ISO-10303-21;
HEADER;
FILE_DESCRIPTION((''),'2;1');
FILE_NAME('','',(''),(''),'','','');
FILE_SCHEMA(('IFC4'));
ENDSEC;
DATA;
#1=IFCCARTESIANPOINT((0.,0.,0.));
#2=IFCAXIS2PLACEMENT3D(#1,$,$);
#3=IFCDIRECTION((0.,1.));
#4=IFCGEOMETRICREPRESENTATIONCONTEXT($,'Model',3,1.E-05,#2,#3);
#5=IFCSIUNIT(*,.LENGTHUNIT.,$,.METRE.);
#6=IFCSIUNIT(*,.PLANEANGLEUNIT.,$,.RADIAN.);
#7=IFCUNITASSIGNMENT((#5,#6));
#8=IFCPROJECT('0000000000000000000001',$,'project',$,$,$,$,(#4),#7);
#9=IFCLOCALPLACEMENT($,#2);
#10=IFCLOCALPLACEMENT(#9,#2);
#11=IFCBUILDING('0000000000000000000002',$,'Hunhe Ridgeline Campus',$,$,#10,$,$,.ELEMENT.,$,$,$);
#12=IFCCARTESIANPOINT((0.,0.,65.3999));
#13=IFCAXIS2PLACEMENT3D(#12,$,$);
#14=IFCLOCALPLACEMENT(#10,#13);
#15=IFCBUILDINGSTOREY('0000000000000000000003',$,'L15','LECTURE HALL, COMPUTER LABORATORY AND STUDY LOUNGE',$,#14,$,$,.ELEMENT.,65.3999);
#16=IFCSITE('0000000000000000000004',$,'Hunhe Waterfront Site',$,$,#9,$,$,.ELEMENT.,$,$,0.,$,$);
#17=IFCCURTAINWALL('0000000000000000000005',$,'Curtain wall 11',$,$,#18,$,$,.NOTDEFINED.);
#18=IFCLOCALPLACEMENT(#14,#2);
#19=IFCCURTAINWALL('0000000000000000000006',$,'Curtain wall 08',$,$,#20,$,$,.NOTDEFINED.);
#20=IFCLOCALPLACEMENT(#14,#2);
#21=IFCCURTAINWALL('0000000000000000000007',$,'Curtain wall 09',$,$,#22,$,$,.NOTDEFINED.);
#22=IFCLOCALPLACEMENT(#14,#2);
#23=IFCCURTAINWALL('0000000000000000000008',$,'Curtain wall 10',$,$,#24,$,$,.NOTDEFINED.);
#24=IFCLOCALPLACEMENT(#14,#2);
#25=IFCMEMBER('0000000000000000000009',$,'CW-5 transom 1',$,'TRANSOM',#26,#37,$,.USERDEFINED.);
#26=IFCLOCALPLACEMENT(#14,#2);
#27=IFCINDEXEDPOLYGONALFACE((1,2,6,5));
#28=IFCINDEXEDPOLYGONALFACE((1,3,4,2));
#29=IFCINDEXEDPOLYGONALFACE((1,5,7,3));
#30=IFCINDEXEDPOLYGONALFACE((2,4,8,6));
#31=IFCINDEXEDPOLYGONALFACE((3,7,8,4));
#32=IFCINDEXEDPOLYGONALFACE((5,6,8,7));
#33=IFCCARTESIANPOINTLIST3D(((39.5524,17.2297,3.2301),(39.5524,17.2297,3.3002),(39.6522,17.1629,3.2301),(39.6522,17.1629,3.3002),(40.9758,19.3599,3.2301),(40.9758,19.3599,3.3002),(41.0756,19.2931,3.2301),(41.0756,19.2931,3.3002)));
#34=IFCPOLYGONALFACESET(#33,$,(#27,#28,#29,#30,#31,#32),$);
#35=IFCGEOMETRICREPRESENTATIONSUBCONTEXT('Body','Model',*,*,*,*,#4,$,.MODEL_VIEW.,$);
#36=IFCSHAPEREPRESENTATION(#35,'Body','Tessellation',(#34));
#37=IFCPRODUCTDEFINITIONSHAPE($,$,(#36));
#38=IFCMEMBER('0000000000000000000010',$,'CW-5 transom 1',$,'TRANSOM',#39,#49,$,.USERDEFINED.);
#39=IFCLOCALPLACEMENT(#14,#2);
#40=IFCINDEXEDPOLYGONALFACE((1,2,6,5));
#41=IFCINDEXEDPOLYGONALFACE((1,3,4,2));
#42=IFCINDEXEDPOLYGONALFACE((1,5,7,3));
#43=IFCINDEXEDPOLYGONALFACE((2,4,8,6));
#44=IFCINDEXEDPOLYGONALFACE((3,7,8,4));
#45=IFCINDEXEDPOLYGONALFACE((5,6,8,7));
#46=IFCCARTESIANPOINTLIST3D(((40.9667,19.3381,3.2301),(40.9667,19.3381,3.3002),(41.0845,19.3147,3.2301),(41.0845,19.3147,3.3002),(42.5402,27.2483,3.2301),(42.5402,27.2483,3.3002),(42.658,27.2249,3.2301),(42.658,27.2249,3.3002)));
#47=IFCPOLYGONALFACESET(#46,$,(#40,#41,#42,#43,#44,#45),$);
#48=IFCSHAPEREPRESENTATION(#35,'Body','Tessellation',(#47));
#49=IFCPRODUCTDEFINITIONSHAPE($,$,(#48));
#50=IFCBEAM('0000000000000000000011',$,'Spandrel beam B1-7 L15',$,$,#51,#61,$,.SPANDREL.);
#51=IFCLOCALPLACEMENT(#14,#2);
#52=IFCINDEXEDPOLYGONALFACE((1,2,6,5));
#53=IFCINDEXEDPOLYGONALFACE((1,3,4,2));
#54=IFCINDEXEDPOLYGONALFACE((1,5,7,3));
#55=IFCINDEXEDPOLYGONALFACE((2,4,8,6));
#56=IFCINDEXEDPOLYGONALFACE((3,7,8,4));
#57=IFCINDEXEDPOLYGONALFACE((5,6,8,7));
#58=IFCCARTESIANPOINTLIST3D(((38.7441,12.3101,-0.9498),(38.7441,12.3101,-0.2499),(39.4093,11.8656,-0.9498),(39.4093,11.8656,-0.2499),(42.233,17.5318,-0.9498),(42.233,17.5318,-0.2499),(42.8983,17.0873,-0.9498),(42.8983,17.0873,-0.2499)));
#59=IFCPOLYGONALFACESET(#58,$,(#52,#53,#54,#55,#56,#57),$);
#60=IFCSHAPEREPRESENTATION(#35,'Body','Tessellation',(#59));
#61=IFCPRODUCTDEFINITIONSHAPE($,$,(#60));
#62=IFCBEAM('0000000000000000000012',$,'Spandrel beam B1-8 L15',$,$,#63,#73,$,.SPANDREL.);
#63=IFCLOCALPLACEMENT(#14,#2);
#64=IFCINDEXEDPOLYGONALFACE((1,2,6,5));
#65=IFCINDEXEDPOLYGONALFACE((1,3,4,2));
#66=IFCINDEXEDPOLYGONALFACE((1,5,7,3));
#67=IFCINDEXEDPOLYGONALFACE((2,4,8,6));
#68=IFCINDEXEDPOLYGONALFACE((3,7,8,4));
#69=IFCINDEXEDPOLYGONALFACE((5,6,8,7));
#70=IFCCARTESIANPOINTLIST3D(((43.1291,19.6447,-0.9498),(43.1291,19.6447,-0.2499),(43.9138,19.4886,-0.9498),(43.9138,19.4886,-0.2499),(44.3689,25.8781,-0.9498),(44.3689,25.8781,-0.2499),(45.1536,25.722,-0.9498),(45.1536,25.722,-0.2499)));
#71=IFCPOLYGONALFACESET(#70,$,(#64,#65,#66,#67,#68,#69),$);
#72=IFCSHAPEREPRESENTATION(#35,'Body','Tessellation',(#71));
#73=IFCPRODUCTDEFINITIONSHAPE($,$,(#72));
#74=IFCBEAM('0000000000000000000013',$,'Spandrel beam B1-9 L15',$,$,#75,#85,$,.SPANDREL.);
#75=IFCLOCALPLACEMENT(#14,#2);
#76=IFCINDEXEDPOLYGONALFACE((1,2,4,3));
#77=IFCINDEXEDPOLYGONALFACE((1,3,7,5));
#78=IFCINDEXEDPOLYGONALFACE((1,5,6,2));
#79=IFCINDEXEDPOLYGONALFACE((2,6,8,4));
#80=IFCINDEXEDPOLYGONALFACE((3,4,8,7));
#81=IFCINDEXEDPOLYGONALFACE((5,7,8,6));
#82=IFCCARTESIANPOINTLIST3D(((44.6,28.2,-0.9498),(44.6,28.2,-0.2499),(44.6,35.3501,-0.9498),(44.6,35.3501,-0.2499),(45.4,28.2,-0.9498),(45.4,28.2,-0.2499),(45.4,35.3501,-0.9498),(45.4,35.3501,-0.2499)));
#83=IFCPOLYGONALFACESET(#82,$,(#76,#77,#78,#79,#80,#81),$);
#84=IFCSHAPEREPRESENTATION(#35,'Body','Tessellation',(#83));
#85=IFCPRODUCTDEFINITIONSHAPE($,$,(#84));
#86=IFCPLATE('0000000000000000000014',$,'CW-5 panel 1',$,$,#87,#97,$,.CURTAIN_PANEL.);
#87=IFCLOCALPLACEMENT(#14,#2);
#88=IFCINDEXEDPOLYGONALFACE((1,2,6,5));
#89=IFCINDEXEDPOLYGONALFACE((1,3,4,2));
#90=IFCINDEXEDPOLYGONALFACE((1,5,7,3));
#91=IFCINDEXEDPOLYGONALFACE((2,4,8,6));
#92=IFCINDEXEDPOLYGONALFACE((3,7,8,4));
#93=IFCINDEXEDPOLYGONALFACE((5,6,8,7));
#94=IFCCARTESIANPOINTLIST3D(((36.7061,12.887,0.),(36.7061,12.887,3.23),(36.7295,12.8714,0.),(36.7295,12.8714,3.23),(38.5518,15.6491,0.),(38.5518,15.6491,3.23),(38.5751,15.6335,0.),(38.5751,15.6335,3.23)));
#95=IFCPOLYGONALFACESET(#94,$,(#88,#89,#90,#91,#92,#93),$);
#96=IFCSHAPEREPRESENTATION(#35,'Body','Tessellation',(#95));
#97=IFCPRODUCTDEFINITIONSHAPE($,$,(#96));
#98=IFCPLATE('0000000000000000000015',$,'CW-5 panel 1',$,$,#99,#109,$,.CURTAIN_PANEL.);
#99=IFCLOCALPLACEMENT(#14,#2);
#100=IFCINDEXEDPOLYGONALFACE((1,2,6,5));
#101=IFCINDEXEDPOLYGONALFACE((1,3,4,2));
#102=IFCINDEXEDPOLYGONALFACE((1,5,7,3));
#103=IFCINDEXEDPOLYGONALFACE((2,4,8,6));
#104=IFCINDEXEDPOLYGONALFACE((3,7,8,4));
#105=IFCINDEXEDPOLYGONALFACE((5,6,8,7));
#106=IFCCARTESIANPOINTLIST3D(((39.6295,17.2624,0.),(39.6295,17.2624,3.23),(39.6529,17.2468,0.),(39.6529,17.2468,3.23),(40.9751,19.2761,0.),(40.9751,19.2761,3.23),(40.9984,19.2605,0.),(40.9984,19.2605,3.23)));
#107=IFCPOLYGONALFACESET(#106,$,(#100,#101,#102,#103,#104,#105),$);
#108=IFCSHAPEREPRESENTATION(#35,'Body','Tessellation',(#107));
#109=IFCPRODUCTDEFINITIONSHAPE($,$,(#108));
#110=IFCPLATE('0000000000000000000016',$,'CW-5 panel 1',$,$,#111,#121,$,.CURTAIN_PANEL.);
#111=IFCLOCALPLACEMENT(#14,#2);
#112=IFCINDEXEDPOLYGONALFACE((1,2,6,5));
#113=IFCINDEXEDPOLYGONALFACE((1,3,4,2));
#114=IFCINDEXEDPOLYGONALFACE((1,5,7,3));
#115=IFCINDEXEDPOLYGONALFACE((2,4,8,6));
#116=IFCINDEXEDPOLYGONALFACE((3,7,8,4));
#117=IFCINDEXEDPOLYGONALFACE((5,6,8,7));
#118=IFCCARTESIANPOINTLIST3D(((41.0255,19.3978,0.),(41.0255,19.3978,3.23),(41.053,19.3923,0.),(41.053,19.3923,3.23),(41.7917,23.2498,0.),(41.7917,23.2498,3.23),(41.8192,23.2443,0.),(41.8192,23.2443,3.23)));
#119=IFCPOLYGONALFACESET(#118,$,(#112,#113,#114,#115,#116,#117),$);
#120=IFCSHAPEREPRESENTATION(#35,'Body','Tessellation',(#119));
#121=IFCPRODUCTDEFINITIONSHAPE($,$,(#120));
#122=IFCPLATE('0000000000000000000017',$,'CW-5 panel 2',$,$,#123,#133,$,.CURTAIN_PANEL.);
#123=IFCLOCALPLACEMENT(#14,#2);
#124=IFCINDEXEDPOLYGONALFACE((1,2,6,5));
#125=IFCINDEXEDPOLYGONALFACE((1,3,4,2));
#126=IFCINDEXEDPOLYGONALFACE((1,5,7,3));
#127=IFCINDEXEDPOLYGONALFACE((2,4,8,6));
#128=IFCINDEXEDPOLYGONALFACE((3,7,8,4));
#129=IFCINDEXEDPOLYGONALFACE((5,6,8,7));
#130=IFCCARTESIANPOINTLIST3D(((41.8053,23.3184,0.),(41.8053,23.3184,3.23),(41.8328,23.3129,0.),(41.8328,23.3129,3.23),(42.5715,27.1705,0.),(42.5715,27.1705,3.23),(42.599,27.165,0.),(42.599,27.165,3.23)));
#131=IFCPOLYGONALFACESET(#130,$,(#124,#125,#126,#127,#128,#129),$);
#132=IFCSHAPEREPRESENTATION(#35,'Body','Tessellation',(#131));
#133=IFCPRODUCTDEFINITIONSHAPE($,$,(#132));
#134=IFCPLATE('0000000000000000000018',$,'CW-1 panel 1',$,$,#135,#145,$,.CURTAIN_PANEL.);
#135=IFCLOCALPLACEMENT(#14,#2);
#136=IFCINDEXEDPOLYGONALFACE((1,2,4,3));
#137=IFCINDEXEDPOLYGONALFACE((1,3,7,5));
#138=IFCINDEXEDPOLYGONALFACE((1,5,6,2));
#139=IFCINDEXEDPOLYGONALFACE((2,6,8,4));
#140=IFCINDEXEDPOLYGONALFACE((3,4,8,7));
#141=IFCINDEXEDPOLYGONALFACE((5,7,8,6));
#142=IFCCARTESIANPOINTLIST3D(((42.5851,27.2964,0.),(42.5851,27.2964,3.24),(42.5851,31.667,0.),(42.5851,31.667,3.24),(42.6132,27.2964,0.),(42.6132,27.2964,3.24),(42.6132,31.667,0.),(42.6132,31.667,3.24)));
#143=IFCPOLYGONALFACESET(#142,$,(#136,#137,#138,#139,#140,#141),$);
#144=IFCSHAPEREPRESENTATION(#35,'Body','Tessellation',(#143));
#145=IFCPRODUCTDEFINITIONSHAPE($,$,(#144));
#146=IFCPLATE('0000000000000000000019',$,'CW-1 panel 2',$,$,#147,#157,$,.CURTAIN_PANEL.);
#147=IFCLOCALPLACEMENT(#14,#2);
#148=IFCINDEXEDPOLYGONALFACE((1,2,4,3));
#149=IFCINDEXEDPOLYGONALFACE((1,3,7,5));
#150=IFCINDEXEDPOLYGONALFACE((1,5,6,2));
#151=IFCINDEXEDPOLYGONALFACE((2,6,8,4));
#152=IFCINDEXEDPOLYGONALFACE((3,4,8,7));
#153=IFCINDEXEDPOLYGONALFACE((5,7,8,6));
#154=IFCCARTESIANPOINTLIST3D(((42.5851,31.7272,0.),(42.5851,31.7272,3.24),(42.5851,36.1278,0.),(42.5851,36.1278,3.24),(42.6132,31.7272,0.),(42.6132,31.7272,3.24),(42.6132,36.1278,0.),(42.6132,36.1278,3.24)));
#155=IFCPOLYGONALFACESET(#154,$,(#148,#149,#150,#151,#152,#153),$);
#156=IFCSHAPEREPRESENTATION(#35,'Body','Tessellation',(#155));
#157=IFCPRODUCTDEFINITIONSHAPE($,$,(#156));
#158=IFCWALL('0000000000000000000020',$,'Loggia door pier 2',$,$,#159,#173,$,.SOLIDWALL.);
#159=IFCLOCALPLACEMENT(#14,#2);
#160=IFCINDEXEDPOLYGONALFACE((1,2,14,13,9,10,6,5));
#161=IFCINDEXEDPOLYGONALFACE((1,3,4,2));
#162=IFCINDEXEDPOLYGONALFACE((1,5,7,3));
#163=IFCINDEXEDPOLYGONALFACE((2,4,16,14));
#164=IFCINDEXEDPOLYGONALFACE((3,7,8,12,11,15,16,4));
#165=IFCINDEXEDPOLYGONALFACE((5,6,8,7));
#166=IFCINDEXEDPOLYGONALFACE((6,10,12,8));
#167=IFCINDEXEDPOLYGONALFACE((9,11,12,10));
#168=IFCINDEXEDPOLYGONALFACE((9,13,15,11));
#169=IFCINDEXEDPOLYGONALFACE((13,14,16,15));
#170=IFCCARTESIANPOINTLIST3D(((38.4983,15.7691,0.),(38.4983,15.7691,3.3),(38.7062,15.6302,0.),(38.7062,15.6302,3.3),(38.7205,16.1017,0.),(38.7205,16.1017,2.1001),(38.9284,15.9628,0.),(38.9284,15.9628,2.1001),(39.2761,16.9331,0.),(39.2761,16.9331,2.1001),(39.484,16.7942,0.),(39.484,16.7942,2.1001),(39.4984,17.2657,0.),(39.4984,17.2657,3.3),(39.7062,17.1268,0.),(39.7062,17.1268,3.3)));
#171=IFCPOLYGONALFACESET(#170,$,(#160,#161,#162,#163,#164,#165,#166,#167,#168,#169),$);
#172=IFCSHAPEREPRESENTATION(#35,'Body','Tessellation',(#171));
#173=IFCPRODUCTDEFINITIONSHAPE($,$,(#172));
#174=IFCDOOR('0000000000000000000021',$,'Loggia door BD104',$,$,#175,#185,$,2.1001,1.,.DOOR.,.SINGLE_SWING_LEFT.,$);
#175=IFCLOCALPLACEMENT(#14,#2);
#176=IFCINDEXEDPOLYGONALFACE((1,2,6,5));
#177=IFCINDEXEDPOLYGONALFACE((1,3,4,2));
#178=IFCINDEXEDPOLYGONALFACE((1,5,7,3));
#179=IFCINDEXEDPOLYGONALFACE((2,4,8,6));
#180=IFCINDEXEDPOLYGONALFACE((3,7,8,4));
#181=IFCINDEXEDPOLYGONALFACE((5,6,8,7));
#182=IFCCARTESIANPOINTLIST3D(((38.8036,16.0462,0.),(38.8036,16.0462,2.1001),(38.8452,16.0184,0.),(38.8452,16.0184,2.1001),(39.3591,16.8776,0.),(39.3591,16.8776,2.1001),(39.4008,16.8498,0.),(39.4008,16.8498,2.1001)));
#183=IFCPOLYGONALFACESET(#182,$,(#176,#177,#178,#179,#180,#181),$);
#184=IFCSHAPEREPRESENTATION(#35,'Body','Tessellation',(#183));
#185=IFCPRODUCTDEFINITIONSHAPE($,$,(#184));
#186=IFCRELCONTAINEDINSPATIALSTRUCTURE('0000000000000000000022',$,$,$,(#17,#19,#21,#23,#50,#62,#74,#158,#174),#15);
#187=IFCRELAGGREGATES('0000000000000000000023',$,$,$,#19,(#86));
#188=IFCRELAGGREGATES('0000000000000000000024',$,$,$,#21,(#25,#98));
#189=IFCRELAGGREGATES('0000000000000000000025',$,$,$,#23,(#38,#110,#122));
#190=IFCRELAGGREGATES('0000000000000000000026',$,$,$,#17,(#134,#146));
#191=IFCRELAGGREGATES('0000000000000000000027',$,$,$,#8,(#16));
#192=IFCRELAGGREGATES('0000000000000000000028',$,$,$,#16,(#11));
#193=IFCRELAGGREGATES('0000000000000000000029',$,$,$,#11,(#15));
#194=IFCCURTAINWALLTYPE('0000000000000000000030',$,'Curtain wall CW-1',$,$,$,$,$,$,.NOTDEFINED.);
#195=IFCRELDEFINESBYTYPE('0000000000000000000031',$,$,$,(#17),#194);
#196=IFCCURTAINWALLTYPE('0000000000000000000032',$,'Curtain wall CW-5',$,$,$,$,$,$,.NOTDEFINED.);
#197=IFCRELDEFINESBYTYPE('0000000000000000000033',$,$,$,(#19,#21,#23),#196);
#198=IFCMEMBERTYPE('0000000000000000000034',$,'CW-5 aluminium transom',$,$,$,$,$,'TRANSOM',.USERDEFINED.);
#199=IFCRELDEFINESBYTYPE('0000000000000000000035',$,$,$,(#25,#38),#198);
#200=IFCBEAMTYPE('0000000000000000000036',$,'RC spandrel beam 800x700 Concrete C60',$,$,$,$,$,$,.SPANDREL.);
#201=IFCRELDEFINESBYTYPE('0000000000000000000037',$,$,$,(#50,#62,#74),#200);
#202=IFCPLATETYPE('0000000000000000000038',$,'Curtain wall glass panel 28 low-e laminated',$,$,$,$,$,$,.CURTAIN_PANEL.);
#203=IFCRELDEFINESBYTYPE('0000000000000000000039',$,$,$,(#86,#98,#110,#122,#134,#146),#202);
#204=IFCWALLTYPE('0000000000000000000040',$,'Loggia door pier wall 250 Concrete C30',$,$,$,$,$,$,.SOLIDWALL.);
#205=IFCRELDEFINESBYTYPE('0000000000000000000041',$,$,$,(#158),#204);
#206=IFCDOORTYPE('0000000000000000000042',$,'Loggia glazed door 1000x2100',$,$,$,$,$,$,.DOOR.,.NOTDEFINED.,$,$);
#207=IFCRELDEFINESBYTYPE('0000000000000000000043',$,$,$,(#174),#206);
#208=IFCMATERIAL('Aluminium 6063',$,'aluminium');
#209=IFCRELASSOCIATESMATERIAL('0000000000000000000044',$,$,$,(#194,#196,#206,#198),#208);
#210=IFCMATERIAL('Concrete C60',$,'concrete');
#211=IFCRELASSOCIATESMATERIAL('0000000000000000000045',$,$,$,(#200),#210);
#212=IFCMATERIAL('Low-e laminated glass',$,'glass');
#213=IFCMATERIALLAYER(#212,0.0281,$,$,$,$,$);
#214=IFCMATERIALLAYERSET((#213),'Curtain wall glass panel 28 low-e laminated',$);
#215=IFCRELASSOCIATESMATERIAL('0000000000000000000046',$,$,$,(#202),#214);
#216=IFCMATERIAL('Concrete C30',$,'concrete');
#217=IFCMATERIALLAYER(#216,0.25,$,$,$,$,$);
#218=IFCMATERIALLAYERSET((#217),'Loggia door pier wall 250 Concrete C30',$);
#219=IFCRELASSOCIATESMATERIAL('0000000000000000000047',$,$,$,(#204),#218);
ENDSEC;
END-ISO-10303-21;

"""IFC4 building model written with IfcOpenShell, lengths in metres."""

from ifc_helpers import new_model, si_unit, direction, frame, frame_2d, origin, origin_2d, place, context, subcontext, project, spatial, rectangle, extrude, material, layer, layer_set, material_profile, profile_set, type_object, element, fill, aggregate, save


model = new_model("IFC4")

# Units and contexts
model_context = context("Model", 3, precision=1e-05, world=origin(), true_north=direction((0.0, 1.0)))
body_context = subcontext(model_context, "Body", "Model", "MODEL_VIEW")
ifc_project = project(units=[si_unit("LENGTHUNIT", "METRE"), si_unit("PLANEANGLEUNIT", "RADIAN")], contexts=[model_context])

# Site, building, storey
site_placement = place(None, origin())
site = spatial("IfcSite", under=ifc_project, at=site_placement, Name="Hunhe Waterfront Site", CompositionType="ELEMENT", RefElevation=0.0)
building_placement = place(site_placement, origin())
building = spatial("IfcBuilding", under=site, at=building_placement, Name="Hunhe Ridgeline Campus", CompositionType="ELEMENT")
storey_placement = place(building_placement, frame((0.0, 0.0, 65.3999)))
storey = spatial("IfcBuildingStorey", under=building, at=storey_placement, Name="L15", Description="LECTURE HALL, COMPUTER LABORATORY AND STUDY LOUNGE", CompositionType="ELEMENT", Elevation=65.3999)

# Curtain walls
ifc_material_1 = material(Name="Aluminium 6063", Category="aluminium")
curtain_wall_type_1 = type_object("IfcCurtainWallType", Name="Curtain wall CW-1", PredefinedType="NOTDEFINED", material=ifc_material_1)
curtain_wall_1_placement = place(storey_placement, origin())
curtain_wall_1 = element("IfcCurtainWall", 1, at=curtain_wall_1_placement, inside=storey, type_object=curtain_wall_type_1, Name="Curtain wall 11", PredefinedType="NOTDEFINED")
curtain_wall_type_2 = type_object("IfcCurtainWallType", Name="Curtain wall CW-5", PredefinedType="NOTDEFINED", material=ifc_material_1)
curtain_wall_2_placement = place(storey_placement, origin())
curtain_wall_2 = element("IfcCurtainWall", 2, at=curtain_wall_2_placement, inside=storey, type_object=curtain_wall_type_2, Name="Curtain wall 08", PredefinedType="NOTDEFINED")
curtain_wall_3_placement = place(storey_placement, origin())
curtain_wall_3 = element("IfcCurtainWall", 3, at=curtain_wall_3_placement, inside=storey, type_object=curtain_wall_type_2, Name="Curtain wall 09", PredefinedType="NOTDEFINED")
curtain_wall_4_placement = place(storey_placement, origin())
curtain_wall_4 = element("IfcCurtainWall", 4, at=curtain_wall_4_placement, inside=storey, type_object=curtain_wall_type_2, Name="Curtain wall 10", PredefinedType="NOTDEFINED")

# Members
ifc_material_profile_1 = material_profile(ifc_material_1, rectangle(XDim=0.1201, YDim=0.0701, at=origin_2d()))
ifc_profile_set_1 = profile_set([ifc_material_profile_1], Name="Aluminium 6063")
member_type_1 = type_object("IfcMemberType", Name="CW-5 aluminium transom", ElementType="TRANSOM", PredefinedType="USERDEFINED", material=ifc_profile_set_1)
member_1_placement = place(storey_placement, frame((39.6023, 17.1963, 3.2651), z_axis=(0.55558, 0.831463, 0.0), x_axis=(-0.831463, 0.55558, 0.0)))
member_1 = element("IfcMember", 5, at=member_1_placement, type_object=member_type_1, Name="CW-5 transom 1", ObjectType="TRANSOM", PredefinedType="USERDEFINED", context=body_context, shape_type="SweptSolid", body=[
    extrude(rectangle(XDim=0.1201, YDim=0.0701, at=origin_2d()), origin(), (0.0, 0.0, 1.0), 2.562),
])
member_2_placement = place(storey_placement, frame((41.0256, 19.3264, 3.2651), z_axis=(0.195097, 0.980784, 0.0), x_axis=(-0.980784, 0.195097, 0.0)))
member_2 = element("IfcMember", 6, at=member_2_placement, type_object=member_type_1, Name="CW-5 transom 1", ObjectType="TRANSOM", PredefinedType="USERDEFINED", context=body_context, shape_type="SweptSolid", body=[
    extrude(rectangle(XDim=0.1201, YDim=0.0701, at=origin_2d()), origin(), (0.0, 0.0, 1.0), 8.0652),
])

# Beams
ifc_material_2 = material(Name="Concrete C60", Category="concrete")
ifc_material_profile_2 = material_profile(ifc_material_2, rectangle(XDim=0.8, YDim=0.7, at=origin_2d()))
ifc_profile_set_2 = profile_set([ifc_material_profile_2], Name="Concrete C60")
beam_type = type_object("IfcBeamType", Name="RC spandrel beam 800x700 Concrete C60", PredefinedType="SPANDREL", material=ifc_profile_set_2)
beam_1_placement = place(storey_placement, frame((39.0767, 12.0879, -0.5999), z_axis=(0.55557, 0.83147, 0.0), x_axis=(-0.83147, 0.55557, 0.0)))
element("IfcBeam", 7, at=beam_1_placement, inside=storey, type_object=beam_type, Name="Spandrel beam B1-7 L15", PredefinedType="SPANDREL", context=body_context, shape_type="SweptSolid", body=[
    extrude(rectangle(XDim=0.8, YDim=0.7, at=origin_2d()), origin(), (0.0, 0.0, 1.0), 6.28),
])
beam_2_placement = place(storey_placement, frame((43.5215, 19.5667, -0.5999), z_axis=(0.195067, 0.98079, 0.0), x_axis=(-0.98079, 0.195067, 0.0)))
element("IfcBeam", 8, at=beam_2_placement, inside=storey, type_object=beam_type, Name="Spandrel beam B1-8 L15", PredefinedType="SPANDREL", context=body_context, shape_type="SweptSolid", body=[
    extrude(rectangle(XDim=0.8, YDim=0.7, at=origin_2d()), origin(), (0.0, 0.0, 1.0), 6.3555),
])
beam_3_placement = place(storey_placement, frame((45.0, 28.2, -0.5999), z_axis=(0.0, 1.0, 0.0), x_axis=(-1.0, 0.0, 0.0)))
element("IfcBeam", 9, at=beam_3_placement, inside=storey, type_object=beam_type, Name="Spandrel beam B1-9 L15", PredefinedType="SPANDREL", context=body_context, shape_type="SweptSolid", body=[
    extrude(rectangle(XDim=0.8, YDim=0.7, at=origin_2d()), origin(), (0.0, 0.0, 1.0), 7.1501),
])

# Plates
ifc_material_3 = material(Name="Low-e laminated glass", Category="glass")
ifc_layer_1 = layer(ifc_material_3, 0.0281)
ifc_layer_set_1 = layer_set([ifc_layer_1], Name="Curtain wall glass panel 28 low-e laminated")
plate_type = type_object("IfcPlateType", Name="Curtain wall glass panel 28 low-e laminated", PredefinedType="CURTAIN_PANEL", material=ifc_layer_set_1)
plate_1_placement = place(storey_placement, frame((37.6406, 14.2603, 0.0), z_axis=(0.0, 0.0, 1.0), x_axis=(0.55557, 0.83147, 0.0)))
plate_1 = element("IfcPlate", 10, at=plate_1_placement, type_object=plate_type, Name="CW-5 panel 1", PredefinedType="CURTAIN_PANEL", context=body_context, shape_type="SweptSolid", body=[
    extrude(rectangle(XDim=3.322, YDim=0.0281, at=origin_2d()), origin(), (0.0, 0.0, 1.0), 3.23),
])
aggregate(curtain_wall_2, [plate_1])
plate_2_placement = place(storey_placement, frame((40.314, 18.2615, 0.0), z_axis=(0.0, 0.0, 1.0), x_axis=(0.55557, 0.83147, 0.0)))
plate_2 = element("IfcPlate", 11, at=plate_2_placement, type_object=plate_type, Name="CW-5 panel 1", PredefinedType="CURTAIN_PANEL", context=body_context, shape_type="SweptSolid", body=[
    extrude(rectangle(XDim=2.4219, YDim=0.0281, at=origin_2d()), origin(), (0.0, 0.0, 1.0), 3.23),
])
aggregate(curtain_wall_3, [member_1, plate_2])
plate_3_placement = place(storey_placement, frame((41.4224, 21.321, 0.0), z_axis=(0.0, 0.0, 1.0), x_axis=(0.19509, 0.980785, 0.0)))
plate_3 = element("IfcPlate", 12, at=plate_3_placement, type_object=plate_type, Name="CW-5 panel 1", PredefinedType="CURTAIN_PANEL", context=body_context, shape_type="SweptSolid", body=[
    extrude(rectangle(XDim=3.9275, YDim=0.0281, at=origin_2d()), origin(), (0.0, 0.0, 1.0), 3.23),
])
plate_4_placement = place(storey_placement, frame((42.2021, 25.2417, 0.0), z_axis=(0.0, 0.0, 1.0), x_axis=(0.19509, 0.980785, 0.0)))
plate_4 = element("IfcPlate", 13, at=plate_4_placement, type_object=plate_type, Name="CW-5 panel 2", PredefinedType="CURTAIN_PANEL", context=body_context, shape_type="SweptSolid", body=[
    extrude(rectangle(XDim=3.9275, YDim=0.0281, at=origin_2d()), origin(), (0.0, 0.0, 1.0), 3.23),
])
aggregate(curtain_wall_4, [member_2, plate_3, plate_4])
plate_5_placement = place(storey_placement, frame((42.5991, 29.4817, 0.0), z_axis=(0.0, 0.0, 1.0), x_axis=(0.0, 1.0, 0.0)))
plate_5 = element("IfcPlate", 14, at=plate_5_placement, type_object=plate_type, Name="CW-1 panel 1", PredefinedType="CURTAIN_PANEL", context=body_context, shape_type="SweptSolid", body=[
    extrude(rectangle(XDim=4.3706, YDim=0.0281, at=origin_2d()), origin(), (0.0, 0.0, 1.0), 3.24),
])
plate_6_placement = place(storey_placement, frame((42.5991, 33.9275, 0.0), z_axis=(0.0, 0.0, 1.0), x_axis=(0.0, 1.0, 0.0)))
plate_6 = element("IfcPlate", 15, at=plate_6_placement, type_object=plate_type, Name="CW-1 panel 2", PredefinedType="CURTAIN_PANEL", context=body_context, shape_type="SweptSolid", body=[
    extrude(rectangle(XDim=4.4006, YDim=0.0281, at=origin_2d()), origin(), (0.0, 0.0, 1.0), 3.24),
])
aggregate(curtain_wall_1, [plate_5, plate_6])

# Wall, opening, door
ifc_material_4 = material(Name="Concrete C30", Category="concrete")
ifc_layer_2 = layer(ifc_material_4, 0.25)
ifc_layer_set_2 = layer_set([ifc_layer_2], Name="Loggia door pier wall 250 Concrete C30")
wall_type_1 = type_object("IfcWallType", Name="Loggia door pier wall 250 Concrete C30", PredefinedType="SOLIDWALL", material=ifc_layer_set_2)
wall_1_placement = place(storey_placement, frame((38.6023, 15.6997, 0.0), z_axis=(0.0, 0.0, 1.0), x_axis=(0.555576, 0.831466, 0.0)))
wall_1 = element("IfcWall", 16, at=wall_1_placement, inside=storey, type_object=wall_type_1, Name="Loggia door pier 2", PredefinedType="SOLIDWALL", context=body_context, shape_type="SweptSolid", body=[
    extrude(rectangle(XDim=1.8, YDim=0.25, at=frame_2d((0.8999, 0.0))), origin(), (0.0, 0.0, 1.0), 3.3),
])
opening_placement = place(wall_1_placement, frame((0.3999, 0.0, 0.0)))
opening = element("IfcOpeningElement", 17, at=opening_placement, cuts=wall_1, PredefinedType="OPENING", context=body_context, shape_type="SweptSolid", body=[
    extrude(rectangle(XDim=1.0, YDim=2.1001, at=frame_2d((0.5, 1.05))), frame((0.0, 0.125, 0.0), z_axis=(0.0, -1.0, 0.0), x_axis=(1.0, 0.0, 0.0)), (0.0, 0.0, 1.0), 0.25),
])
door_type = type_object("IfcDoorType", Name="Loggia glazed door 1000x2100", OperationType="NOTDEFINED", PredefinedType="DOOR", material=ifc_material_1)
door_placement = place(opening_placement, frame((1.0, 0.0, 0.0), z_axis=(0.0, 0.0, 1.0), x_axis=(-1.0, 0.0, 0.0)))
door = element("IfcDoor", 18, at=door_placement, inside=storey, type_object=door_type, Name="Loggia door BD104", OperationType="SINGLE_SWING_LEFT", OverallHeight=2.1001, OverallWidth=1.0, PredefinedType="DOOR", context=body_context, shape_type="SweptSolid", body=[
    extrude(rectangle(XDim=1.0, YDim=2.1001, at=frame_2d((0.5, 1.05))), frame((0.0, 0.0249, 0.0), z_axis=(0.0, -1.0, 0.0), x_axis=(1.0, 0.0, 0.0)), (0.0, 0.0, 1.0), 0.05),
])
fill(opening, door)

save(model, "model.ifc")
